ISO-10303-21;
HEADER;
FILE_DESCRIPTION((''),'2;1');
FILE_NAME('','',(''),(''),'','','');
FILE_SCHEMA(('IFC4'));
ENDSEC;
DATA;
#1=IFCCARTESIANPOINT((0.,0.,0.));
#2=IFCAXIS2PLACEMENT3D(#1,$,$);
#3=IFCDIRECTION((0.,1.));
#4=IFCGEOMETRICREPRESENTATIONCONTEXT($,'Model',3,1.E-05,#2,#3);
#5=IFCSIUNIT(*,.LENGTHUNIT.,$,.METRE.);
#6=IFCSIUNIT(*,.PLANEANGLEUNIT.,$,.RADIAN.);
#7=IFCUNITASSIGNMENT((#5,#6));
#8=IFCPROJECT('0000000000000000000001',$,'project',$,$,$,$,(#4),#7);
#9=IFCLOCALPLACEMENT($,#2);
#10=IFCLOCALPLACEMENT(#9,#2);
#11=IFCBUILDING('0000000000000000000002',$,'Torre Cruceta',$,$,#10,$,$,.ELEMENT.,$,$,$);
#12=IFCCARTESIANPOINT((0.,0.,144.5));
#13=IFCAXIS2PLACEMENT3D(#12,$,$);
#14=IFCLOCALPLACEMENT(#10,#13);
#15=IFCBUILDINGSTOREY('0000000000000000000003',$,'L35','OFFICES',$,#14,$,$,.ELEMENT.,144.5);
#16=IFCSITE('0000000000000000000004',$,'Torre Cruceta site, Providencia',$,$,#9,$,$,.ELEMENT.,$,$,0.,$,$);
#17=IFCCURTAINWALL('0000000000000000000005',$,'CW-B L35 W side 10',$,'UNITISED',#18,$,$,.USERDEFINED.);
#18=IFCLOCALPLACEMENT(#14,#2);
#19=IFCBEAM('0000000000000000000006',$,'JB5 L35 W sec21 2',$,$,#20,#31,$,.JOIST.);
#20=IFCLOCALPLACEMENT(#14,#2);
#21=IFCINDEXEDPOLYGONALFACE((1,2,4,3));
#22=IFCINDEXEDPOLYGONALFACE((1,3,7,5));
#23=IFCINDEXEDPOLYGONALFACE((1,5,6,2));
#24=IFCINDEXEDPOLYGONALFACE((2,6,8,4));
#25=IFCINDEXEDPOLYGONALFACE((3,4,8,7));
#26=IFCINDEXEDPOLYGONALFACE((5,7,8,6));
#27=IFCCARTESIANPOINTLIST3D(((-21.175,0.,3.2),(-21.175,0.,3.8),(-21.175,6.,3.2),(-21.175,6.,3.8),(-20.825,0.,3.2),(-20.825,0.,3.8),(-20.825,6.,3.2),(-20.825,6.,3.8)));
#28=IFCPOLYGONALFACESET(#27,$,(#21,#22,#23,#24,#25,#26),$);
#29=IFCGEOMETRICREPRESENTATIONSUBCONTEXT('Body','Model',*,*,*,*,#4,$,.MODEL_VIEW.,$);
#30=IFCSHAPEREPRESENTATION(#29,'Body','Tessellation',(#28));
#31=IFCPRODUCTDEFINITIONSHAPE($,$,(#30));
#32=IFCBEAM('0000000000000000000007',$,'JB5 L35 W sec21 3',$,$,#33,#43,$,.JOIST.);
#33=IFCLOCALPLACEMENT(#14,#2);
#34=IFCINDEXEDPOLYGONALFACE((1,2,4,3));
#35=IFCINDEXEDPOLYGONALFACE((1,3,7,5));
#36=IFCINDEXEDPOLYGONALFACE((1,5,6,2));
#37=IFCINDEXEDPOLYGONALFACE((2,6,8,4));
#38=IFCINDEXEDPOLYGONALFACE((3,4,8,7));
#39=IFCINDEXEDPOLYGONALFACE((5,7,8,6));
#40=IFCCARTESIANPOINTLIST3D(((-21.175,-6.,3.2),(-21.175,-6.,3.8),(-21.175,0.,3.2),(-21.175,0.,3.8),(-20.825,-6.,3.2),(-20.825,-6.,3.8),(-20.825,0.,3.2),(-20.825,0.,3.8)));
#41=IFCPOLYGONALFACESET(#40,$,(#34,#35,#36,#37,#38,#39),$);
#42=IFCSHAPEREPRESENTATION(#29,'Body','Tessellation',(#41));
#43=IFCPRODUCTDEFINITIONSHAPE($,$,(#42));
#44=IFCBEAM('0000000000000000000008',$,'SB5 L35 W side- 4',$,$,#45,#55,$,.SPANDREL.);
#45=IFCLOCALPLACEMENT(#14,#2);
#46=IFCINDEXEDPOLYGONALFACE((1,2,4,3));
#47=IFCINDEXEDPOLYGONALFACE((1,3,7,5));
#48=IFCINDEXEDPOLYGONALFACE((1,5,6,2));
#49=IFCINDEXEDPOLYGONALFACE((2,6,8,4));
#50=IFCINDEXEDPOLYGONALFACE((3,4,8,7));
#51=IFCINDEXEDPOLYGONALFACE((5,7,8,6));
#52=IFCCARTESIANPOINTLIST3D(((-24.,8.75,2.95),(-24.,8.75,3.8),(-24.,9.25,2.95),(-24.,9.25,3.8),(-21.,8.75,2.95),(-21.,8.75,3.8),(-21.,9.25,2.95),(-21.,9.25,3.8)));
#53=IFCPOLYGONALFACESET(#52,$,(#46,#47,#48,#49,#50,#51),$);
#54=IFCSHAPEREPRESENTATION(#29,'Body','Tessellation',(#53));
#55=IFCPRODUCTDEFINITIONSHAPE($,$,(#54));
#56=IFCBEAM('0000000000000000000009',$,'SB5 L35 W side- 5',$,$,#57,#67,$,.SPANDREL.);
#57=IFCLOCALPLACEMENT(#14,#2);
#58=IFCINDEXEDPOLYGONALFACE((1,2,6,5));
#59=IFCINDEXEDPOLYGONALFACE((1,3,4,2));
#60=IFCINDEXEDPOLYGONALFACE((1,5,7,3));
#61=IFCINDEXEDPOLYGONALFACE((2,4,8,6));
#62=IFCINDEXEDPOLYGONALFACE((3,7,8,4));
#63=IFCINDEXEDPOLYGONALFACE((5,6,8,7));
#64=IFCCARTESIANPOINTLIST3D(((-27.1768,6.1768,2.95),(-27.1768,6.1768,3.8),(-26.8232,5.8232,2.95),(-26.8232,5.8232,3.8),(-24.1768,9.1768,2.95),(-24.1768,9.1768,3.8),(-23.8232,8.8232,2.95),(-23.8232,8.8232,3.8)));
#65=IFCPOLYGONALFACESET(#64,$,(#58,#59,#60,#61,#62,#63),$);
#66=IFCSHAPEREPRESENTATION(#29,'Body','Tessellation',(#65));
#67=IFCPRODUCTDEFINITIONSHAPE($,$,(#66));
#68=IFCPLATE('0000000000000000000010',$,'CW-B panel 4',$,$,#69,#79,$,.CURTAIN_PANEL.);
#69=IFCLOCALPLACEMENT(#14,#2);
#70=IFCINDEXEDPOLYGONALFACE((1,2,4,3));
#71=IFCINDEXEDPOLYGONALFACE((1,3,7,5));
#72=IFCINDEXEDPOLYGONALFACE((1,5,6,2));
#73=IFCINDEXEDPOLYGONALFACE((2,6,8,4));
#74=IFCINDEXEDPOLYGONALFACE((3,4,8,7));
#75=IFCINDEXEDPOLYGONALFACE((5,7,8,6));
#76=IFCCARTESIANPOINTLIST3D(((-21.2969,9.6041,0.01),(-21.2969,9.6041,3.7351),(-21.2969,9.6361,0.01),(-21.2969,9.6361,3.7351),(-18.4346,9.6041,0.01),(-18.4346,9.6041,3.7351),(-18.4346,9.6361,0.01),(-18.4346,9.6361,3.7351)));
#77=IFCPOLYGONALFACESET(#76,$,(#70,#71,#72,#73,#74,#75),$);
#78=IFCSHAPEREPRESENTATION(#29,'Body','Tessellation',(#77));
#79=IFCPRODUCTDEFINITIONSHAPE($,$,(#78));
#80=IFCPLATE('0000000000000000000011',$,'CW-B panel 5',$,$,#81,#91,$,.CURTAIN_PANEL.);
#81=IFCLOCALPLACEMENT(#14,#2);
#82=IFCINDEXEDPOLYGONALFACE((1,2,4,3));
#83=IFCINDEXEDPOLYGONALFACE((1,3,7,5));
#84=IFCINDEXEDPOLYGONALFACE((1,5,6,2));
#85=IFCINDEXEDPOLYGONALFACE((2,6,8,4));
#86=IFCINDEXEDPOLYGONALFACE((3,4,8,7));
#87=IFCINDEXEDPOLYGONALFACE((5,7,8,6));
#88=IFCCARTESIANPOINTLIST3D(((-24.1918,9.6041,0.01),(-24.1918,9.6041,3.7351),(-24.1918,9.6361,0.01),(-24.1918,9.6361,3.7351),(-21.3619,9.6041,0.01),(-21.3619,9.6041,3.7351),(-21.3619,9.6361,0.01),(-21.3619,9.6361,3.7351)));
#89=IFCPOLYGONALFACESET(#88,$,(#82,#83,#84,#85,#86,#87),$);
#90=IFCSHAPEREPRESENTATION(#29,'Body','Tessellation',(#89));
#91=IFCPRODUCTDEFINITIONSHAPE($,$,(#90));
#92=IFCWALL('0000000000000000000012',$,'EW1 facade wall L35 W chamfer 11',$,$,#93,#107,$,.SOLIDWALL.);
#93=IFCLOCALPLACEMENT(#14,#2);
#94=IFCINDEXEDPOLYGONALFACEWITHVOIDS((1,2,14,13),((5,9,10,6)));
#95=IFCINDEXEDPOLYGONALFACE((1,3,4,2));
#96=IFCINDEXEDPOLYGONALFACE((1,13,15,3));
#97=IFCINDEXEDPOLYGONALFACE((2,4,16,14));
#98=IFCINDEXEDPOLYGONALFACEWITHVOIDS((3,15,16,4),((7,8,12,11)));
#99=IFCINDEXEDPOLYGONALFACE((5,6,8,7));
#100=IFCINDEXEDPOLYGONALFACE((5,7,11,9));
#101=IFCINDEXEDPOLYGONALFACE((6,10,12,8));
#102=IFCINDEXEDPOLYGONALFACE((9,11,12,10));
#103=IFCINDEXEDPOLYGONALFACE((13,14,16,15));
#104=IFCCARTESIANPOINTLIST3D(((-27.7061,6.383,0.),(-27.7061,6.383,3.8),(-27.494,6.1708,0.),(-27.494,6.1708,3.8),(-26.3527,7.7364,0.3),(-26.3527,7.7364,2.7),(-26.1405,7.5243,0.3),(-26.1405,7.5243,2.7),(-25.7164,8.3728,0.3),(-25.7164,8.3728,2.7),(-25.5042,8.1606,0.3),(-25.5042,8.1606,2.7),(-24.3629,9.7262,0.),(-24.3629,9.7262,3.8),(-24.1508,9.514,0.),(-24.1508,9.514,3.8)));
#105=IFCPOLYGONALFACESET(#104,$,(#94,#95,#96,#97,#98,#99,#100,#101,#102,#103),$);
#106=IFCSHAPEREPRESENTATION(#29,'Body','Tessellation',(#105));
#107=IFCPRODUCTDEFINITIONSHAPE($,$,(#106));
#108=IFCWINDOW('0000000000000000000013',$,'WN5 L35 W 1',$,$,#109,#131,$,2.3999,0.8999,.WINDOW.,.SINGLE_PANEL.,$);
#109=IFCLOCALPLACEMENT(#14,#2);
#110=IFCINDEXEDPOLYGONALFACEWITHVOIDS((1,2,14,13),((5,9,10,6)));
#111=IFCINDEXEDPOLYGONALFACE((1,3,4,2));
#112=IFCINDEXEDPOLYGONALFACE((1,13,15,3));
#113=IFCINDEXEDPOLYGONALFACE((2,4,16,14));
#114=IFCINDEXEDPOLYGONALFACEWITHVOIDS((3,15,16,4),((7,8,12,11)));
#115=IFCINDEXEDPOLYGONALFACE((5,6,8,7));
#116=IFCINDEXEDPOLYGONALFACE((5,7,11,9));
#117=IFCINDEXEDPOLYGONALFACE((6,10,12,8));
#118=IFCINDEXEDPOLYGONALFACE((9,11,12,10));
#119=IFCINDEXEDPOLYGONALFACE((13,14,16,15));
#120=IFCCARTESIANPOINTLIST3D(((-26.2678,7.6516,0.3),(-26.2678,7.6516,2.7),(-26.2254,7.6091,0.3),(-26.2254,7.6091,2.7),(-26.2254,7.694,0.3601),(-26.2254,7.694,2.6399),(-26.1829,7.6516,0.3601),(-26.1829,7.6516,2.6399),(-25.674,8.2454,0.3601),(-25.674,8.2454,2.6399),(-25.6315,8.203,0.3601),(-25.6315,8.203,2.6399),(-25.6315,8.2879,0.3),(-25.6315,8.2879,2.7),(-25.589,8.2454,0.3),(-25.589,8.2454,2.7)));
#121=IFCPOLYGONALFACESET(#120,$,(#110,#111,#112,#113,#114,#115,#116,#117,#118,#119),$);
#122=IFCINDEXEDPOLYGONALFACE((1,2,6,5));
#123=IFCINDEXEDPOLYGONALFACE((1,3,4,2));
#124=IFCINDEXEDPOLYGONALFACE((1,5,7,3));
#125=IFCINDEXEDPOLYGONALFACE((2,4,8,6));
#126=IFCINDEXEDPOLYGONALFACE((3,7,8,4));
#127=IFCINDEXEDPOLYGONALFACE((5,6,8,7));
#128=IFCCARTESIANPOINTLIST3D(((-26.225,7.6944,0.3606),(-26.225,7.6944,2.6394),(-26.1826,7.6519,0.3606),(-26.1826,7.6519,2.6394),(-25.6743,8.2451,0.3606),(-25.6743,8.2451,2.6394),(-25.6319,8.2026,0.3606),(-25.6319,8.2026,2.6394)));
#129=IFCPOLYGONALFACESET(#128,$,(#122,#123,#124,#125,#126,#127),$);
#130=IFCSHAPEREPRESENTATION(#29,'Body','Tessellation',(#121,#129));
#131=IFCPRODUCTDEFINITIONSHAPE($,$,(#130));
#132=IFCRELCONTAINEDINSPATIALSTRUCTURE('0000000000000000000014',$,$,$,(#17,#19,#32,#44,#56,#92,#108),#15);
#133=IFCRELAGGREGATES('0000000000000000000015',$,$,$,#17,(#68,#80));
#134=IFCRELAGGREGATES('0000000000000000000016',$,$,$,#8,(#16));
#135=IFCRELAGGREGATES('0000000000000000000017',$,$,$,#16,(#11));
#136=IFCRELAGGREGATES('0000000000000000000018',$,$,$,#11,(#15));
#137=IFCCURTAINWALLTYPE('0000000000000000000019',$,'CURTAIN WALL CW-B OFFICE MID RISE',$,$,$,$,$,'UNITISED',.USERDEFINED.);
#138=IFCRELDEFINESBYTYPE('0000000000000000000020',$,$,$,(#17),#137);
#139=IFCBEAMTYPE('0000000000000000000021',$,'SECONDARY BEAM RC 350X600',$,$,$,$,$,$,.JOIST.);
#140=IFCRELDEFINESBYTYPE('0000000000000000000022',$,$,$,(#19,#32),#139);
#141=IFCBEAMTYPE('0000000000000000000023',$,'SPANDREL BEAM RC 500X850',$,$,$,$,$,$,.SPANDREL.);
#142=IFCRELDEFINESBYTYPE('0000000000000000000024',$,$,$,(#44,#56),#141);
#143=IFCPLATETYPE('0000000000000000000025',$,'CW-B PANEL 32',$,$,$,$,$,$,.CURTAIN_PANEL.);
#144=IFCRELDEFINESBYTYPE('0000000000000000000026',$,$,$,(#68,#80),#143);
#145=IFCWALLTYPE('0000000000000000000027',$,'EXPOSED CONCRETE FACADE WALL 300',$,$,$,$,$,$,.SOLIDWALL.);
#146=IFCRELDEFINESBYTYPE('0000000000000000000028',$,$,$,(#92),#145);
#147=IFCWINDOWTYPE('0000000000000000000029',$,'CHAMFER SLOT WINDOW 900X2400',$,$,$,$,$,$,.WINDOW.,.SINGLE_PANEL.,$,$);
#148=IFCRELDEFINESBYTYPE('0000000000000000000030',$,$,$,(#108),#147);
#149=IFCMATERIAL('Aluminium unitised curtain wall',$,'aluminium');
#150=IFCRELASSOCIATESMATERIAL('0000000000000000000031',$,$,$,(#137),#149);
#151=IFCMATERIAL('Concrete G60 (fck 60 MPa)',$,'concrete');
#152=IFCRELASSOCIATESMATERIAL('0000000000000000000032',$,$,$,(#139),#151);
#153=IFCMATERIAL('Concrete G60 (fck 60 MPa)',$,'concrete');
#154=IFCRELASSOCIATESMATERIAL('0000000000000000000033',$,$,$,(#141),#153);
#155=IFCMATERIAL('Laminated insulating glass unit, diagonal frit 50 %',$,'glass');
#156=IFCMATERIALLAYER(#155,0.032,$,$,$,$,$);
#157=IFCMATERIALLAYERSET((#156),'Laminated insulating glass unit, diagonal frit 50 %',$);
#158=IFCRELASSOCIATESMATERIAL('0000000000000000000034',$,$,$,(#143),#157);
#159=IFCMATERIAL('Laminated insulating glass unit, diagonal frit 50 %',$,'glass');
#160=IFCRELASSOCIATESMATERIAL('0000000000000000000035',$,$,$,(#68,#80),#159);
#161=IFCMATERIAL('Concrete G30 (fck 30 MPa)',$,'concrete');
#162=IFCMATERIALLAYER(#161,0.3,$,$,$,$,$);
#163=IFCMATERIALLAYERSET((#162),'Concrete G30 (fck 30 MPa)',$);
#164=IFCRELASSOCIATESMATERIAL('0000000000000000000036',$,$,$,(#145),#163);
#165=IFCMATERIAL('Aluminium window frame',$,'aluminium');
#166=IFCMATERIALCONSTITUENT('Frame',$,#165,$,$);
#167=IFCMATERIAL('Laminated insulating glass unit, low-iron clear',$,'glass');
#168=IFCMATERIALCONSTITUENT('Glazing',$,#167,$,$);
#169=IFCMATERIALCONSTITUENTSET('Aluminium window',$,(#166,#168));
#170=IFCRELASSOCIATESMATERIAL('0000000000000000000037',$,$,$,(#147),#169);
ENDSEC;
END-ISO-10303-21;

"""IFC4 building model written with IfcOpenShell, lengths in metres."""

from ifc_helpers import new_model, si_unit, direction, frame, frame_2d, origin, origin_2d, place, context, subcontext, project, spatial, rectangle, hollow_rectangle, extrude, material, layer, layer_set, constituent, constituent_set, material_profile, profile_set, type_object, element, fill, aggregate, save


model = new_model("IFC4")

# Units and contexts
model_context = context("Model", 3, precision=1e-05, world=origin(), true_north=direction((0.0, 1.0)))
body_context = subcontext(model_context, "Body", "Model", "MODEL_VIEW")
ifc_project = project(units=[si_unit("LENGTHUNIT", "METRE"), si_unit("PLANEANGLEUNIT", "RADIAN")], contexts=[model_context])

# Site, building, storey
site_placement = place(None, origin())
site = spatial("IfcSite", under=ifc_project, at=site_placement, Name="Torre Cruceta site, Providencia", CompositionType="ELEMENT", RefElevation=0.0)
building_placement = place(site_placement, origin())
building = spatial("IfcBuilding", under=site, at=building_placement, Name="Torre Cruceta", CompositionType="ELEMENT")
storey_placement = place(building_placement, frame((0.0, 0.0, 144.5)))
storey = spatial("IfcBuildingStorey", under=building, at=storey_placement, Name="L35", Description="OFFICES", CompositionType="ELEMENT", Elevation=144.5)

# Curtain wall
ifc_material_1 = material(Name="Aluminium unitised curtain wall", Category="aluminium")
curtain_wall_type = type_object("IfcCurtainWallType", Name="CURTAIN WALL CW-B OFFICE MID RISE", ElementType="UNITISED", PredefinedType="USERDEFINED", material=ifc_material_1)
curtain_wall_placement = place(storey_placement, origin())
curtain_wall = element("IfcCurtainWall", 1, at=curtain_wall_placement, inside=storey, type_object=curtain_wall_type, Name="CW-B L35 W side 10", ObjectType="UNITISED", PredefinedType="USERDEFINED")

# Beams
ifc_material_2 = material(Name="Concrete G60 (fck 60 MPa)", Category="concrete")
ifc_material_profile_1 = material_profile(ifc_material_2, rectangle(XDim=0.3501, YDim=0.6001, at=origin_2d()), Name="RC 350X600")
ifc_profile_set_1 = profile_set([ifc_material_profile_1], Name="Concrete G60 (fck 60 MPa)")
beam_type_1 = type_object("IfcBeamType", Name="SECONDARY BEAM RC 350X600", PredefinedType="JOIST", material=ifc_profile_set_1)
for number, where, z_axis, x_axis, name in (
    (2, (-21.0, 6.0, 3.5), (0.0, -1.0, 0.0), (1.0, 0.0, 0.0), "JB5 L35 W sec21 2"),
    (3, (-21.0, 0.0, 3.5), (0.0, -1.0, 0.0), (1.0, 0.0, 0.0), "JB5 L35 W sec21 3"),
):
    element("IfcBeam", number, at=place(storey_placement, frame(where, z_axis=z_axis, x_axis=x_axis)), inside=storey, type_object=beam_type_1, Name=name, PredefinedType="JOIST", context=body_context, shape_type="SweptSolid", body=[
        extrude(rectangle(XDim=0.3501, YDim=0.6001, at=origin_2d()), origin(), (0.0, 0.0, 1.0), 6.0),
    ])
ifc_material_3 = material(Name="Concrete G60 (fck 60 MPa)", Category="concrete")
ifc_material_profile_2 = material_profile(ifc_material_3, rectangle(XDim=0.5, YDim=0.8501, at=origin_2d()), Name="RC 500X850")
ifc_profile_set_2 = profile_set([ifc_material_profile_2], Name="Concrete G60 (fck 60 MPa)")
beam_type_2 = type_object("IfcBeamType", Name="SPANDREL BEAM RC 500X850", PredefinedType="SPANDREL", material=ifc_profile_set_2)
beam_1_placement = place(storey_placement, frame((-21.0, 9.0, 3.375), z_axis=(-1.0, 0.0, 0.0), x_axis=(0.0, -1.0, 0.0)))
element("IfcBeam", 4, at=beam_1_placement, inside=storey, type_object=beam_type_2, Name="SB5 L35 W side- 4", PredefinedType="SPANDREL", context=body_context, shape_type="SweptSolid", body=[
    extrude(rectangle(XDim=0.5, YDim=0.8501, at=origin_2d()), origin(), (0.0, 0.0, 1.0), 3.0),
])
beam_2_placement = place(storey_placement, frame((-24.0, 9.0, 3.375), z_axis=(-0.707107, -0.707107, 0.0), x_axis=(0.707107, -0.707107, 0.0)))
element("IfcBeam", 5, at=beam_2_placement, inside=storey, type_object=beam_type_2, Name="SB5 L35 W side- 5", PredefinedType="SPANDREL", context=body_context, shape_type="SweptSolid", body=[
    extrude(rectangle(XDim=0.5, YDim=0.8501, at=origin_2d()), origin(), (0.0, 0.0, 1.0), 4.2427),
])

# Plates
ifc_material_4 = material(Name="Laminated insulating glass unit, diagonal frit 50 %", Category="glass")
ifc_material_5 = material(Name="Laminated insulating glass unit, diagonal frit 50 %", Category="glass")
ifc_layer_1 = layer(ifc_material_5, 0.032)
ifc_layer_set_1 = layer_set([ifc_layer_1], Name="Laminated insulating glass unit, diagonal frit 50 %")
plate_type = type_object("IfcPlateType", Name="CW-B PANEL 32", PredefinedType="CURTAIN_PANEL", material=ifc_layer_set_1)
plate_1_placement = place(storey_placement, frame((-19.8657, 9.6201, 0.01), z_axis=(0.0, 0.0, 1.0), x_axis=(-1.0, 0.0, 0.0)))
plate_1 = element("IfcPlate", 6, at=plate_1_placement, type_object=plate_type, material=ifc_material_4, Name="CW-B panel 4", PredefinedType="CURTAIN_PANEL", context=body_context, shape_type="SweptSolid", body=[
    extrude(rectangle(XDim=2.8623, YDim=0.032, at=origin_2d()), origin(), (0.0, 0.0, 1.0), 3.7251),
])
plate_2_placement = place(storey_placement, frame((-22.7769, 9.6201, 0.01), z_axis=(0.0, 0.0, 1.0), x_axis=(-1.0, 0.0, 0.0)))
plate_2 = element("IfcPlate", 7, at=plate_2_placement, type_object=plate_type, material=ifc_material_4, Name="CW-B panel 5", PredefinedType="CURTAIN_PANEL", context=body_context, shape_type="SweptSolid", body=[
    extrude(rectangle(XDim=2.8298, YDim=0.032, at=origin_2d()), origin(), (0.0, 0.0, 1.0), 3.7251),
])
aggregate(curtain_wall, [plate_1, plate_2])

# Wall, opening, window
ifc_material_6 = material(Name="Concrete G30 (fck 30 MPa)", Category="concrete")
ifc_layer_2 = layer(ifc_material_6, 0.3)
ifc_layer_set_2 = layer_set([ifc_layer_2], Name="Concrete G30 (fck 30 MPa)")
wall_type_1 = type_object("IfcWallType", Name="EXPOSED CONCRETE FACADE WALL 300", PredefinedType="SOLIDWALL", material=ifc_layer_set_2)
wall_1_placement = place(storey_placement, frame((-24.2568, 9.6201, 0.0), z_axis=(0.0, 0.0, 1.0), x_axis=(-0.707107, -0.707107, 0.0)))
wall_1 = element("IfcWall", 8, at=wall_1_placement, inside=storey, type_object=wall_type_1, Name="EW1 facade wall L35 W chamfer 11", PredefinedType="SOLIDWALL", context=body_context, shape_type="SweptSolid", body=[
    extrude(rectangle(XDim=4.728, YDim=0.3, at=frame_2d((2.364, 0.0))), origin(), (0.0, 0.0, 1.0), 3.8),
])
opening_1_placement = place(wall_1_placement, frame((1.9141, 0.0, 0.3)))
opening_1 = element("IfcOpeningElement", 9, at=opening_1_placement, cuts=wall_1, PredefinedType="OPENING", context=body_context, shape_type="SweptSolid", body=[
    extrude(rectangle(XDim=0.8999, YDim=2.3999, at=frame_2d((0.45, 1.2))), frame((0.0, 0.1599, 0.0), z_axis=(0.0, -1.0, 0.0), x_axis=(1.0, 0.0, 0.0)), (0.0, 0.0, 1.0), 0.3201),
])
ifc_material_7 = material(Name="Aluminium window frame", Category="aluminium")
ifc_constituent_1 = constituent(ifc_material_7, Name="Frame")
ifc_material_8 = material(Name="Laminated insulating glass unit, low-iron clear", Category="glass")
ifc_constituent_2 = constituent(ifc_material_8, Name="Glazing")
ifc_constituent_set_1 = constituent_set(constituents=[ifc_constituent_1, ifc_constituent_2], Name="Aluminium window")
window_type_1 = type_object("IfcWindowType", Name="CHAMFER SLOT WINDOW 900X2400", PartitioningType="SINGLE_PANEL", PredefinedType="WINDOW", material=ifc_constituent_set_1)
window_1_placement = place(opening_1_placement, origin())
window_1 = element("IfcWindow", 10, at=window_1_placement, inside=storey, type_object=window_type_1, Name="WN5 L35 W 1", OverallHeight=2.3999, OverallWidth=0.8999, PartitioningType="SINGLE_PANEL", PredefinedType="WINDOW", context=body_context, shape_type="SweptSolid", body=[
    extrude(hollow_rectangle(XDim=0.8999, YDim=2.3999, WallThickness=0.0601, at=frame_2d((0.45, 1.2))), frame((0.0, 0.03, 0.0), z_axis=(0.0, -1.0, 0.0), x_axis=(1.0, 0.0, 0.0)), (0.0, 0.0, 1.0), 0.0601),
    extrude(rectangle(XDim=0.7788, YDim=2.2788, at=frame_2d((0.45, 1.2))), frame((0.0, 0.03, 0.0), z_axis=(0.0, -1.0, 0.0), x_axis=(1.0, 0.0, 0.0)), (0.0, 0.0, 1.0), 0.0601),
])
fill(opening_1, window_1)

save(model, "model.ifc")
